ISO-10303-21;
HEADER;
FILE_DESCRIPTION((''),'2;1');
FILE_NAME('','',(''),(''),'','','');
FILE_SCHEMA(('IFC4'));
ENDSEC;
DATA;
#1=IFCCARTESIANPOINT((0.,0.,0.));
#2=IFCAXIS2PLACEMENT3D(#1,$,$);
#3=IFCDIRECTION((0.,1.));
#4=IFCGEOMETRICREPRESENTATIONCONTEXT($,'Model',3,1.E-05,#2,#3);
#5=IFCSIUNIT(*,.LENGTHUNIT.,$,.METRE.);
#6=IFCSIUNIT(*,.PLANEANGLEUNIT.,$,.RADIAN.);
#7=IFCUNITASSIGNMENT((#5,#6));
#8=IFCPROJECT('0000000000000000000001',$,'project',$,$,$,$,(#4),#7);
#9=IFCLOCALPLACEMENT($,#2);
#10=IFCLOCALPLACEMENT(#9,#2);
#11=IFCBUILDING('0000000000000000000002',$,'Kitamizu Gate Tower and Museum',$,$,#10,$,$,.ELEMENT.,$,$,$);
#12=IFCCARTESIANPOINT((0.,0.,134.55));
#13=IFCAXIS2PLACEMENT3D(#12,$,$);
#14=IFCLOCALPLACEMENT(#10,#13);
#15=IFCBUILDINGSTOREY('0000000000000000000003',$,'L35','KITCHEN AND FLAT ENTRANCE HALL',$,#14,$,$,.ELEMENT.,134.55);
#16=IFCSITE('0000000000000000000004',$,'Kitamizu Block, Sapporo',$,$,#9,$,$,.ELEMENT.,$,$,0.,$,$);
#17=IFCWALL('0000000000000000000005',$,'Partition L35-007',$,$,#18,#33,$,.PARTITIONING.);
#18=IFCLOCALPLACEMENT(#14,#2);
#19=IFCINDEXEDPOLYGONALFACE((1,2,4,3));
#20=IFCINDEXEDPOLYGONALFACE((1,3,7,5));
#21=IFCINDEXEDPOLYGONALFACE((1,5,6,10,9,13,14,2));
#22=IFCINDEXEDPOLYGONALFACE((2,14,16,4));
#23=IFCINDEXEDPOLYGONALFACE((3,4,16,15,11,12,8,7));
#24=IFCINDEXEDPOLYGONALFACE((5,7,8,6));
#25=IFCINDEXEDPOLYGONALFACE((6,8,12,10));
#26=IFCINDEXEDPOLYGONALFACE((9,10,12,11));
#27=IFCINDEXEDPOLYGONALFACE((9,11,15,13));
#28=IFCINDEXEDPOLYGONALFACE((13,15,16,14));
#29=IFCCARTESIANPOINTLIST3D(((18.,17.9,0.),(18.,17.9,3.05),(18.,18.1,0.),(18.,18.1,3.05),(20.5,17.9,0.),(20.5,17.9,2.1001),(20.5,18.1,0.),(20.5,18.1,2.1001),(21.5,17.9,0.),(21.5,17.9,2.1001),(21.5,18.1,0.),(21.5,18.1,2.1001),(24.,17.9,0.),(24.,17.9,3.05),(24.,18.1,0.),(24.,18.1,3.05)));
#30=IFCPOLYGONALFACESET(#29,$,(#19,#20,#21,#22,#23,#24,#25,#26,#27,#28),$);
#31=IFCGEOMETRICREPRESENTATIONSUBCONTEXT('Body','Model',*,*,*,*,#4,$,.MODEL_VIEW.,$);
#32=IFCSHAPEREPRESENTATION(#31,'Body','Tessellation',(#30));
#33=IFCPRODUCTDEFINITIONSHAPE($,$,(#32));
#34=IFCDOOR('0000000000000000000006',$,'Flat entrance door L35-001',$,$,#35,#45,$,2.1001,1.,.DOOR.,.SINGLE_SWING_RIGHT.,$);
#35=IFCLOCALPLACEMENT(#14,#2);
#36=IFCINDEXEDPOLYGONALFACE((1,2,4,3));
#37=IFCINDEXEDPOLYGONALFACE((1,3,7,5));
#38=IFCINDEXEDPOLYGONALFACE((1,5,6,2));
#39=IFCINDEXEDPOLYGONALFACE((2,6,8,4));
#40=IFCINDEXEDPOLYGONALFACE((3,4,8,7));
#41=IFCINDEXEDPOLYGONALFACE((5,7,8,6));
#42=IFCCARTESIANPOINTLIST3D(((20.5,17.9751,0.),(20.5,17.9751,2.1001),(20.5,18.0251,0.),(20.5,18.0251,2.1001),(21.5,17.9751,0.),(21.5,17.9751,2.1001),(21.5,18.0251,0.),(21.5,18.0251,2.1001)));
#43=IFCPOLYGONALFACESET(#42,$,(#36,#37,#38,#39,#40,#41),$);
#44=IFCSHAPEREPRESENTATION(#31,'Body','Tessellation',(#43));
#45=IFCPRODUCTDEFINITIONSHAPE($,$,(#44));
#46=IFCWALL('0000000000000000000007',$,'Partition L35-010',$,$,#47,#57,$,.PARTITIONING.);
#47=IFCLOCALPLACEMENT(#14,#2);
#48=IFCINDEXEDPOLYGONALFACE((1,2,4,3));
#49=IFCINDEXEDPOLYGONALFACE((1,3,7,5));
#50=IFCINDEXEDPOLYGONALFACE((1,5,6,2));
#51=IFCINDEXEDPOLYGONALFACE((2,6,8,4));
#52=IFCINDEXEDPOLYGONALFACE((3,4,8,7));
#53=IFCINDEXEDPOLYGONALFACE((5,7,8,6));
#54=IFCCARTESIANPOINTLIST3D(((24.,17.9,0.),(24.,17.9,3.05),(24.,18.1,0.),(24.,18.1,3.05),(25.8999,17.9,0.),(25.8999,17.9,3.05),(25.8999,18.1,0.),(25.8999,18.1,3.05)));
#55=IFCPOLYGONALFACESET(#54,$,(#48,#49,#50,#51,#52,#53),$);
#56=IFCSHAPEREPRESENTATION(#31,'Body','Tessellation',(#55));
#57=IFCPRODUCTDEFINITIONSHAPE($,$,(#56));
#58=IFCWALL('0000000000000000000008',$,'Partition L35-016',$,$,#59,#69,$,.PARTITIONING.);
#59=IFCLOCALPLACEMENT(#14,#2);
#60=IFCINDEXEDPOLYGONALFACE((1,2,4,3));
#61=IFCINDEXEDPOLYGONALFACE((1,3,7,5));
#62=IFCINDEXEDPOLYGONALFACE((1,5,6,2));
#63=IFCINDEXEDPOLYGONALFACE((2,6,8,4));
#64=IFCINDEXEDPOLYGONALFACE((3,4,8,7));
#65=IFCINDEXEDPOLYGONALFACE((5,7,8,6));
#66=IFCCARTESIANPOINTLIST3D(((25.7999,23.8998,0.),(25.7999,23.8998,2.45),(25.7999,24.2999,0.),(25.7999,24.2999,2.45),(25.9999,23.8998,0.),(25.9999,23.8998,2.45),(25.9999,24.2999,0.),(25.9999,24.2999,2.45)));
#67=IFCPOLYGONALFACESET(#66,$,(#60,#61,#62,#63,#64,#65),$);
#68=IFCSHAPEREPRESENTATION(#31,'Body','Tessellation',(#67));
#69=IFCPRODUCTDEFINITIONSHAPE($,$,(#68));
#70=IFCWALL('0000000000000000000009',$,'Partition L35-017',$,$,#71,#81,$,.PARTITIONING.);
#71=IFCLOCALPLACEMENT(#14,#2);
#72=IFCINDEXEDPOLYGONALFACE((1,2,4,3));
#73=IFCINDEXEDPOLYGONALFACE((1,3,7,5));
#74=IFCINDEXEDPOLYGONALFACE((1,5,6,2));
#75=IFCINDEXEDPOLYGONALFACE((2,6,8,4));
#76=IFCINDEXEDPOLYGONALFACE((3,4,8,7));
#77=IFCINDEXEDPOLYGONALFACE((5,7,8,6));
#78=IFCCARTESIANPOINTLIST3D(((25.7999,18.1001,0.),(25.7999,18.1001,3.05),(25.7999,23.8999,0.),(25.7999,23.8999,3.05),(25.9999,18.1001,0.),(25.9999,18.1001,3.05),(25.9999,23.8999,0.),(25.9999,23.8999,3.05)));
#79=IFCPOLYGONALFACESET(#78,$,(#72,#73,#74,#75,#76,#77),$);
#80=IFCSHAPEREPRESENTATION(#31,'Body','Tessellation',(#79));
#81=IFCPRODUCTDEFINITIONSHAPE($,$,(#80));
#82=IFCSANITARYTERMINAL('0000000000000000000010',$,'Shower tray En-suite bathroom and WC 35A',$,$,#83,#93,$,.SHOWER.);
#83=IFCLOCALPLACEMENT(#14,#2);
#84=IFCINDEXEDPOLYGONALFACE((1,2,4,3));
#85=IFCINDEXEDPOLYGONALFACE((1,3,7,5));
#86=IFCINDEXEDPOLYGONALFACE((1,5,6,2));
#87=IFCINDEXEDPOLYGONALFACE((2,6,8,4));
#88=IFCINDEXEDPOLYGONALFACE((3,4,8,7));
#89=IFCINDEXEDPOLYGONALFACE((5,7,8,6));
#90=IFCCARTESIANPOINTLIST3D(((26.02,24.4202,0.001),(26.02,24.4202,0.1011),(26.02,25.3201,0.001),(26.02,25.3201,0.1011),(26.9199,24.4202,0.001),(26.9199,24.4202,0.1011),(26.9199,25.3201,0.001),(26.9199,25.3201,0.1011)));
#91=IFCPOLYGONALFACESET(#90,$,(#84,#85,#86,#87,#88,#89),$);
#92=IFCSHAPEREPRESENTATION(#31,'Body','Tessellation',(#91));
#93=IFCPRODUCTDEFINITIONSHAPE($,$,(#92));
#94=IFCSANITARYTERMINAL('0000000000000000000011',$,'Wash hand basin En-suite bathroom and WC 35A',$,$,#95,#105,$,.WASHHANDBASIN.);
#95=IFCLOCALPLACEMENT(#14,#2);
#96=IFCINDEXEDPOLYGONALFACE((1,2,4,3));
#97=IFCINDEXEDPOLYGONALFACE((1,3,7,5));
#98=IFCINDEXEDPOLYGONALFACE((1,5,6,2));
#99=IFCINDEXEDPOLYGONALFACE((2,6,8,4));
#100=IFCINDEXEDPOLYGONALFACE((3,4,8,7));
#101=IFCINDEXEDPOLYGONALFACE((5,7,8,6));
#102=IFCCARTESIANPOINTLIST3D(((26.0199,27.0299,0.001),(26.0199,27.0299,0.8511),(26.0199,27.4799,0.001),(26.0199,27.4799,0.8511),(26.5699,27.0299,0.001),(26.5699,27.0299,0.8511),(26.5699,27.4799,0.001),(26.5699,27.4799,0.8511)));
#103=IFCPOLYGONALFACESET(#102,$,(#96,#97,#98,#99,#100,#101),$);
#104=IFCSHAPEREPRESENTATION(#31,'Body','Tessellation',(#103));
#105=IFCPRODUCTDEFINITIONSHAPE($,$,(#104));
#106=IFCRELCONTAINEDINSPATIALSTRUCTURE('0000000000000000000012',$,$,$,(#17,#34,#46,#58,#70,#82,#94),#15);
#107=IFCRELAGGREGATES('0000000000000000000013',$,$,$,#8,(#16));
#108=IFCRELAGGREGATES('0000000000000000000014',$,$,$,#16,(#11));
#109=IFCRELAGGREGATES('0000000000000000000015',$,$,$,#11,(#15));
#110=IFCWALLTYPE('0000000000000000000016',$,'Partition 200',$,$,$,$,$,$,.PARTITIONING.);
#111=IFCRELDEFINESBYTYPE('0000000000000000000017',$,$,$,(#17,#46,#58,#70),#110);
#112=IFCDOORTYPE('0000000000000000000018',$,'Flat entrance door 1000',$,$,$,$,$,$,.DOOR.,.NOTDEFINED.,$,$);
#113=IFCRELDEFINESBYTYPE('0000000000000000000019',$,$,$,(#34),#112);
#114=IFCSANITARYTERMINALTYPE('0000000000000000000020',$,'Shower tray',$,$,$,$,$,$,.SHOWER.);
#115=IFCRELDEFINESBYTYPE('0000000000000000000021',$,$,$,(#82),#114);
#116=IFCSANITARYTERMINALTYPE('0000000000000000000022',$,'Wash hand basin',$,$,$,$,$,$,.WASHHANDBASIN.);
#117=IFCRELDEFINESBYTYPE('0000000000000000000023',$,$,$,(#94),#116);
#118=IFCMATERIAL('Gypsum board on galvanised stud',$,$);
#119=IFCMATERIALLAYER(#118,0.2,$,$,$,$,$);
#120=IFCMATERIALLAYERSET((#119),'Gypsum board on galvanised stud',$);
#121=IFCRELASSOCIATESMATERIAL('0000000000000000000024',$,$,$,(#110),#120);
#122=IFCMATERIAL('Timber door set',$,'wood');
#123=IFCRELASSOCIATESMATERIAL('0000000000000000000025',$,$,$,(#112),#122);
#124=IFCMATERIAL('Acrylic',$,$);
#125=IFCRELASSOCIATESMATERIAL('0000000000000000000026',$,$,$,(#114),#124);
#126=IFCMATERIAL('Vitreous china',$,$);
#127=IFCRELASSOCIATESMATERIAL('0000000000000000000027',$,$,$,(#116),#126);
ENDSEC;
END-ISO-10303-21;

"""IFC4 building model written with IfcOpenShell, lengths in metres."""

from ifc_helpers import new_model, si_unit, direction, frame, frame_2d, origin, origin_2d, place, context, subcontext, project, spatial, rectangle, extrude, material, layer, layer_set, type_object, element, fill, save


model = new_model("IFC4")

# Units and contexts
model_context = context("Model", 3, precision=1e-05, world=origin(), true_north=direction((0.0, 1.0)))
body_context = subcontext(model_context, "Body", "Model", "MODEL_VIEW")
ifc_project = project(units=[si_unit("LENGTHUNIT", "METRE"), si_unit("PLANEANGLEUNIT", "RADIAN")], contexts=[model_context])

# Site, building, storey
site_placement = place(None, origin())
site = spatial("IfcSite", under=ifc_project, at=site_placement, Name="Kitamizu Block, Sapporo", CompositionType="ELEMENT", RefElevation=0.0)
building_placement = place(site_placement, origin())
building = spatial("IfcBuilding", under=site, at=building_placement, Name="Kitamizu Gate Tower and Museum", CompositionType="ELEMENT")
storey_placement = place(building_placement, frame((0.0, 0.0, 134.55)))
storey = spatial("IfcBuildingStorey", under=building, at=storey_placement, Name="L35", Description="KITCHEN AND FLAT ENTRANCE HALL", CompositionType="ELEMENT", Elevation=134.55)

# Wall, opening, door
ifc_material_1 = material(Name="Gypsum board on galvanised stud")
ifc_layer_1 = layer(ifc_material_1, 0.2)
ifc_layer_set_1 = layer_set([ifc_layer_1], Name="Gypsum board on galvanised stud")
wall_type_1 = type_object("IfcWallType", Name="Partition 200", PredefinedType="PARTITIONING", material=ifc_layer_set_1)
wall_1_placement = place(storey_placement, frame((24.0, 18.0, 0.0), z_axis=(0.0, 0.0, 1.0), x_axis=(-1.0, 0.0, 0.0)))
wall_1 = element("IfcWall", 1, at=wall_1_placement, inside=storey, type_object=wall_type_1, Name="Partition L35-007", PredefinedType="PARTITIONING", context=body_context, shape_type="SweptSolid", body=[
    extrude(rectangle(XDim=6.0, YDim=0.2, at=frame_2d((3.0, 0.0))), origin(), (0.0, 0.0, 1.0), 3.05),
])
opening_1_placement = place(wall_1_placement, frame((2.5, 0.0, 0.0)))
opening_1 = element("IfcOpeningElement", 2, at=opening_1_placement, cuts=wall_1, PredefinedType="OPENING", context=body_context, shape_type="SweptSolid", body=[
    extrude(rectangle(XDim=1.0, YDim=2.1001, at=frame_2d((0.5, 1.05))), frame((0.0, 0.1099, 0.0), z_axis=(0.0, -1.0, 0.0), x_axis=(1.0, 0.0, 0.0)), (0.0, 0.0, 1.0), 0.22),
])
ifc_material_2 = material(Name="Timber door set", Category="wood")
door_type_1 = type_object("IfcDoorType", Name="Flat entrance door 1000", OperationType="NOTDEFINED", PredefinedType="DOOR", material=ifc_material_2)
door_1_placement = place(opening_1_placement, origin())
door_1 = element("IfcDoor", 3, at=door_1_placement, inside=storey, type_object=door_type_1, Name="Flat entrance door L35-001", OperationType="SINGLE_SWING_RIGHT", OverallHeight=2.1001, OverallWidth=1.0, PredefinedType="DOOR", context=body_context, shape_type="SweptSolid", body=[
    extrude(rectangle(XDim=1.0, YDim=2.1001, at=frame_2d((0.5, 1.05))), frame((0.0, 0.0249, 0.0), z_axis=(0.0, -1.0, 0.0), x_axis=(1.0, 0.0, 0.0)), (0.0, 0.0, 1.0), 0.05),
])
fill(opening_1, door_1)

# Walls
wall_2_placement = place(storey_placement, frame((25.8999, 18.0, 0.0), z_axis=(0.0, 0.0, 1.0), x_axis=(-1.0, 0.0, 0.0)))
element("IfcWall", 4, at=wall_2_placement, inside=storey, type_object=wall_type_1, Name="Partition L35-010", PredefinedType="PARTITIONING", context=body_context, shape_type="SweptSolid", body=[
    extrude(rectangle(XDim=1.8999, YDim=0.2, at=frame_2d((0.95, 0.0))), origin(), (0.0, 0.0, 1.0), 3.05),
])
wall_3_placement = place(storey_placement, frame((25.8999, 24.3, 0.0), z_axis=(0.0, 0.0, 1.0), x_axis=(0.0, -1.0, 0.0)))
element("IfcWall", 5, at=wall_3_placement, inside=storey, type_object=wall_type_1, Name="Partition L35-016", PredefinedType="PARTITIONING", context=body_context, shape_type="SweptSolid", body=[
    extrude(rectangle(XDim=0.4001, YDim=0.2, at=frame_2d((0.2002, 0.0))), origin(), (0.0, 0.0, 1.0), 2.45),
])
wall_4_placement = place(storey_placement, frame((25.8999, 23.8999, 0.0), z_axis=(0.0, 0.0, 1.0), x_axis=(0.0, -1.0, 0.0)))
element("IfcWall", 6, at=wall_4_placement, inside=storey, type_object=wall_type_1, Name="Partition L35-017", PredefinedType="PARTITIONING", context=body_context, shape_type="SweptSolid", body=[
    extrude(rectangle(XDim=5.7998, YDim=0.2, at=frame_2d((2.8999, 0.0))), origin(), (0.0, 0.0, 1.0), 3.05),
])

# Sanitary terminals
ifc_material_3 = material(Name="Acrylic")
sanitary_terminal_type_1 = type_object("IfcSanitaryTerminalType", Name="Shower tray", PredefinedType="SHOWER", material=ifc_material_3)
sanitary_terminal_1_placement = place(storey_placement, frame((26.47, 24.8701, 0.001), z_axis=(0.0, 0.0, 1.0), x_axis=(1.0, 0.0, 0.0)))
element("IfcSanitaryTerminal", 7, at=sanitary_terminal_1_placement, inside=storey, type_object=sanitary_terminal_type_1, Name="Shower tray En-suite bathroom and WC 35A", PredefinedType="SHOWER", context=body_context, shape_type="SweptSolid", body=[
    extrude(rectangle(XDim=0.8999, YDim=0.8999, at=origin_2d()), origin(), (0.0, 0.0, 1.0), 0.1001),
])
ifc_material_4 = material(Name="Vitreous china")
sanitary_terminal_type_2 = type_object("IfcSanitaryTerminalType", Name="Wash hand basin", PredefinedType="WASHHANDBASIN", material=ifc_material_4)
sanitary_terminal_2_placement = place(storey_placement, frame((26.2949, 27.2549, 0.001), z_axis=(0.0, 0.0, 1.0), x_axis=(1.0, 0.0, 0.0)))
element("IfcSanitaryTerminal", 8, at=sanitary_terminal_2_placement, inside=storey, type_object=sanitary_terminal_type_2, Name="Wash hand basin En-suite bathroom and WC 35A", PredefinedType="WASHHANDBASIN", context=body_context, shape_type="SweptSolid", body=[
    extrude(rectangle(XDim=0.55, YDim=0.45, at=origin_2d()), origin(), (0.0, 0.0, 1.0), 0.8501),
])

save(model, "model.ifc")
